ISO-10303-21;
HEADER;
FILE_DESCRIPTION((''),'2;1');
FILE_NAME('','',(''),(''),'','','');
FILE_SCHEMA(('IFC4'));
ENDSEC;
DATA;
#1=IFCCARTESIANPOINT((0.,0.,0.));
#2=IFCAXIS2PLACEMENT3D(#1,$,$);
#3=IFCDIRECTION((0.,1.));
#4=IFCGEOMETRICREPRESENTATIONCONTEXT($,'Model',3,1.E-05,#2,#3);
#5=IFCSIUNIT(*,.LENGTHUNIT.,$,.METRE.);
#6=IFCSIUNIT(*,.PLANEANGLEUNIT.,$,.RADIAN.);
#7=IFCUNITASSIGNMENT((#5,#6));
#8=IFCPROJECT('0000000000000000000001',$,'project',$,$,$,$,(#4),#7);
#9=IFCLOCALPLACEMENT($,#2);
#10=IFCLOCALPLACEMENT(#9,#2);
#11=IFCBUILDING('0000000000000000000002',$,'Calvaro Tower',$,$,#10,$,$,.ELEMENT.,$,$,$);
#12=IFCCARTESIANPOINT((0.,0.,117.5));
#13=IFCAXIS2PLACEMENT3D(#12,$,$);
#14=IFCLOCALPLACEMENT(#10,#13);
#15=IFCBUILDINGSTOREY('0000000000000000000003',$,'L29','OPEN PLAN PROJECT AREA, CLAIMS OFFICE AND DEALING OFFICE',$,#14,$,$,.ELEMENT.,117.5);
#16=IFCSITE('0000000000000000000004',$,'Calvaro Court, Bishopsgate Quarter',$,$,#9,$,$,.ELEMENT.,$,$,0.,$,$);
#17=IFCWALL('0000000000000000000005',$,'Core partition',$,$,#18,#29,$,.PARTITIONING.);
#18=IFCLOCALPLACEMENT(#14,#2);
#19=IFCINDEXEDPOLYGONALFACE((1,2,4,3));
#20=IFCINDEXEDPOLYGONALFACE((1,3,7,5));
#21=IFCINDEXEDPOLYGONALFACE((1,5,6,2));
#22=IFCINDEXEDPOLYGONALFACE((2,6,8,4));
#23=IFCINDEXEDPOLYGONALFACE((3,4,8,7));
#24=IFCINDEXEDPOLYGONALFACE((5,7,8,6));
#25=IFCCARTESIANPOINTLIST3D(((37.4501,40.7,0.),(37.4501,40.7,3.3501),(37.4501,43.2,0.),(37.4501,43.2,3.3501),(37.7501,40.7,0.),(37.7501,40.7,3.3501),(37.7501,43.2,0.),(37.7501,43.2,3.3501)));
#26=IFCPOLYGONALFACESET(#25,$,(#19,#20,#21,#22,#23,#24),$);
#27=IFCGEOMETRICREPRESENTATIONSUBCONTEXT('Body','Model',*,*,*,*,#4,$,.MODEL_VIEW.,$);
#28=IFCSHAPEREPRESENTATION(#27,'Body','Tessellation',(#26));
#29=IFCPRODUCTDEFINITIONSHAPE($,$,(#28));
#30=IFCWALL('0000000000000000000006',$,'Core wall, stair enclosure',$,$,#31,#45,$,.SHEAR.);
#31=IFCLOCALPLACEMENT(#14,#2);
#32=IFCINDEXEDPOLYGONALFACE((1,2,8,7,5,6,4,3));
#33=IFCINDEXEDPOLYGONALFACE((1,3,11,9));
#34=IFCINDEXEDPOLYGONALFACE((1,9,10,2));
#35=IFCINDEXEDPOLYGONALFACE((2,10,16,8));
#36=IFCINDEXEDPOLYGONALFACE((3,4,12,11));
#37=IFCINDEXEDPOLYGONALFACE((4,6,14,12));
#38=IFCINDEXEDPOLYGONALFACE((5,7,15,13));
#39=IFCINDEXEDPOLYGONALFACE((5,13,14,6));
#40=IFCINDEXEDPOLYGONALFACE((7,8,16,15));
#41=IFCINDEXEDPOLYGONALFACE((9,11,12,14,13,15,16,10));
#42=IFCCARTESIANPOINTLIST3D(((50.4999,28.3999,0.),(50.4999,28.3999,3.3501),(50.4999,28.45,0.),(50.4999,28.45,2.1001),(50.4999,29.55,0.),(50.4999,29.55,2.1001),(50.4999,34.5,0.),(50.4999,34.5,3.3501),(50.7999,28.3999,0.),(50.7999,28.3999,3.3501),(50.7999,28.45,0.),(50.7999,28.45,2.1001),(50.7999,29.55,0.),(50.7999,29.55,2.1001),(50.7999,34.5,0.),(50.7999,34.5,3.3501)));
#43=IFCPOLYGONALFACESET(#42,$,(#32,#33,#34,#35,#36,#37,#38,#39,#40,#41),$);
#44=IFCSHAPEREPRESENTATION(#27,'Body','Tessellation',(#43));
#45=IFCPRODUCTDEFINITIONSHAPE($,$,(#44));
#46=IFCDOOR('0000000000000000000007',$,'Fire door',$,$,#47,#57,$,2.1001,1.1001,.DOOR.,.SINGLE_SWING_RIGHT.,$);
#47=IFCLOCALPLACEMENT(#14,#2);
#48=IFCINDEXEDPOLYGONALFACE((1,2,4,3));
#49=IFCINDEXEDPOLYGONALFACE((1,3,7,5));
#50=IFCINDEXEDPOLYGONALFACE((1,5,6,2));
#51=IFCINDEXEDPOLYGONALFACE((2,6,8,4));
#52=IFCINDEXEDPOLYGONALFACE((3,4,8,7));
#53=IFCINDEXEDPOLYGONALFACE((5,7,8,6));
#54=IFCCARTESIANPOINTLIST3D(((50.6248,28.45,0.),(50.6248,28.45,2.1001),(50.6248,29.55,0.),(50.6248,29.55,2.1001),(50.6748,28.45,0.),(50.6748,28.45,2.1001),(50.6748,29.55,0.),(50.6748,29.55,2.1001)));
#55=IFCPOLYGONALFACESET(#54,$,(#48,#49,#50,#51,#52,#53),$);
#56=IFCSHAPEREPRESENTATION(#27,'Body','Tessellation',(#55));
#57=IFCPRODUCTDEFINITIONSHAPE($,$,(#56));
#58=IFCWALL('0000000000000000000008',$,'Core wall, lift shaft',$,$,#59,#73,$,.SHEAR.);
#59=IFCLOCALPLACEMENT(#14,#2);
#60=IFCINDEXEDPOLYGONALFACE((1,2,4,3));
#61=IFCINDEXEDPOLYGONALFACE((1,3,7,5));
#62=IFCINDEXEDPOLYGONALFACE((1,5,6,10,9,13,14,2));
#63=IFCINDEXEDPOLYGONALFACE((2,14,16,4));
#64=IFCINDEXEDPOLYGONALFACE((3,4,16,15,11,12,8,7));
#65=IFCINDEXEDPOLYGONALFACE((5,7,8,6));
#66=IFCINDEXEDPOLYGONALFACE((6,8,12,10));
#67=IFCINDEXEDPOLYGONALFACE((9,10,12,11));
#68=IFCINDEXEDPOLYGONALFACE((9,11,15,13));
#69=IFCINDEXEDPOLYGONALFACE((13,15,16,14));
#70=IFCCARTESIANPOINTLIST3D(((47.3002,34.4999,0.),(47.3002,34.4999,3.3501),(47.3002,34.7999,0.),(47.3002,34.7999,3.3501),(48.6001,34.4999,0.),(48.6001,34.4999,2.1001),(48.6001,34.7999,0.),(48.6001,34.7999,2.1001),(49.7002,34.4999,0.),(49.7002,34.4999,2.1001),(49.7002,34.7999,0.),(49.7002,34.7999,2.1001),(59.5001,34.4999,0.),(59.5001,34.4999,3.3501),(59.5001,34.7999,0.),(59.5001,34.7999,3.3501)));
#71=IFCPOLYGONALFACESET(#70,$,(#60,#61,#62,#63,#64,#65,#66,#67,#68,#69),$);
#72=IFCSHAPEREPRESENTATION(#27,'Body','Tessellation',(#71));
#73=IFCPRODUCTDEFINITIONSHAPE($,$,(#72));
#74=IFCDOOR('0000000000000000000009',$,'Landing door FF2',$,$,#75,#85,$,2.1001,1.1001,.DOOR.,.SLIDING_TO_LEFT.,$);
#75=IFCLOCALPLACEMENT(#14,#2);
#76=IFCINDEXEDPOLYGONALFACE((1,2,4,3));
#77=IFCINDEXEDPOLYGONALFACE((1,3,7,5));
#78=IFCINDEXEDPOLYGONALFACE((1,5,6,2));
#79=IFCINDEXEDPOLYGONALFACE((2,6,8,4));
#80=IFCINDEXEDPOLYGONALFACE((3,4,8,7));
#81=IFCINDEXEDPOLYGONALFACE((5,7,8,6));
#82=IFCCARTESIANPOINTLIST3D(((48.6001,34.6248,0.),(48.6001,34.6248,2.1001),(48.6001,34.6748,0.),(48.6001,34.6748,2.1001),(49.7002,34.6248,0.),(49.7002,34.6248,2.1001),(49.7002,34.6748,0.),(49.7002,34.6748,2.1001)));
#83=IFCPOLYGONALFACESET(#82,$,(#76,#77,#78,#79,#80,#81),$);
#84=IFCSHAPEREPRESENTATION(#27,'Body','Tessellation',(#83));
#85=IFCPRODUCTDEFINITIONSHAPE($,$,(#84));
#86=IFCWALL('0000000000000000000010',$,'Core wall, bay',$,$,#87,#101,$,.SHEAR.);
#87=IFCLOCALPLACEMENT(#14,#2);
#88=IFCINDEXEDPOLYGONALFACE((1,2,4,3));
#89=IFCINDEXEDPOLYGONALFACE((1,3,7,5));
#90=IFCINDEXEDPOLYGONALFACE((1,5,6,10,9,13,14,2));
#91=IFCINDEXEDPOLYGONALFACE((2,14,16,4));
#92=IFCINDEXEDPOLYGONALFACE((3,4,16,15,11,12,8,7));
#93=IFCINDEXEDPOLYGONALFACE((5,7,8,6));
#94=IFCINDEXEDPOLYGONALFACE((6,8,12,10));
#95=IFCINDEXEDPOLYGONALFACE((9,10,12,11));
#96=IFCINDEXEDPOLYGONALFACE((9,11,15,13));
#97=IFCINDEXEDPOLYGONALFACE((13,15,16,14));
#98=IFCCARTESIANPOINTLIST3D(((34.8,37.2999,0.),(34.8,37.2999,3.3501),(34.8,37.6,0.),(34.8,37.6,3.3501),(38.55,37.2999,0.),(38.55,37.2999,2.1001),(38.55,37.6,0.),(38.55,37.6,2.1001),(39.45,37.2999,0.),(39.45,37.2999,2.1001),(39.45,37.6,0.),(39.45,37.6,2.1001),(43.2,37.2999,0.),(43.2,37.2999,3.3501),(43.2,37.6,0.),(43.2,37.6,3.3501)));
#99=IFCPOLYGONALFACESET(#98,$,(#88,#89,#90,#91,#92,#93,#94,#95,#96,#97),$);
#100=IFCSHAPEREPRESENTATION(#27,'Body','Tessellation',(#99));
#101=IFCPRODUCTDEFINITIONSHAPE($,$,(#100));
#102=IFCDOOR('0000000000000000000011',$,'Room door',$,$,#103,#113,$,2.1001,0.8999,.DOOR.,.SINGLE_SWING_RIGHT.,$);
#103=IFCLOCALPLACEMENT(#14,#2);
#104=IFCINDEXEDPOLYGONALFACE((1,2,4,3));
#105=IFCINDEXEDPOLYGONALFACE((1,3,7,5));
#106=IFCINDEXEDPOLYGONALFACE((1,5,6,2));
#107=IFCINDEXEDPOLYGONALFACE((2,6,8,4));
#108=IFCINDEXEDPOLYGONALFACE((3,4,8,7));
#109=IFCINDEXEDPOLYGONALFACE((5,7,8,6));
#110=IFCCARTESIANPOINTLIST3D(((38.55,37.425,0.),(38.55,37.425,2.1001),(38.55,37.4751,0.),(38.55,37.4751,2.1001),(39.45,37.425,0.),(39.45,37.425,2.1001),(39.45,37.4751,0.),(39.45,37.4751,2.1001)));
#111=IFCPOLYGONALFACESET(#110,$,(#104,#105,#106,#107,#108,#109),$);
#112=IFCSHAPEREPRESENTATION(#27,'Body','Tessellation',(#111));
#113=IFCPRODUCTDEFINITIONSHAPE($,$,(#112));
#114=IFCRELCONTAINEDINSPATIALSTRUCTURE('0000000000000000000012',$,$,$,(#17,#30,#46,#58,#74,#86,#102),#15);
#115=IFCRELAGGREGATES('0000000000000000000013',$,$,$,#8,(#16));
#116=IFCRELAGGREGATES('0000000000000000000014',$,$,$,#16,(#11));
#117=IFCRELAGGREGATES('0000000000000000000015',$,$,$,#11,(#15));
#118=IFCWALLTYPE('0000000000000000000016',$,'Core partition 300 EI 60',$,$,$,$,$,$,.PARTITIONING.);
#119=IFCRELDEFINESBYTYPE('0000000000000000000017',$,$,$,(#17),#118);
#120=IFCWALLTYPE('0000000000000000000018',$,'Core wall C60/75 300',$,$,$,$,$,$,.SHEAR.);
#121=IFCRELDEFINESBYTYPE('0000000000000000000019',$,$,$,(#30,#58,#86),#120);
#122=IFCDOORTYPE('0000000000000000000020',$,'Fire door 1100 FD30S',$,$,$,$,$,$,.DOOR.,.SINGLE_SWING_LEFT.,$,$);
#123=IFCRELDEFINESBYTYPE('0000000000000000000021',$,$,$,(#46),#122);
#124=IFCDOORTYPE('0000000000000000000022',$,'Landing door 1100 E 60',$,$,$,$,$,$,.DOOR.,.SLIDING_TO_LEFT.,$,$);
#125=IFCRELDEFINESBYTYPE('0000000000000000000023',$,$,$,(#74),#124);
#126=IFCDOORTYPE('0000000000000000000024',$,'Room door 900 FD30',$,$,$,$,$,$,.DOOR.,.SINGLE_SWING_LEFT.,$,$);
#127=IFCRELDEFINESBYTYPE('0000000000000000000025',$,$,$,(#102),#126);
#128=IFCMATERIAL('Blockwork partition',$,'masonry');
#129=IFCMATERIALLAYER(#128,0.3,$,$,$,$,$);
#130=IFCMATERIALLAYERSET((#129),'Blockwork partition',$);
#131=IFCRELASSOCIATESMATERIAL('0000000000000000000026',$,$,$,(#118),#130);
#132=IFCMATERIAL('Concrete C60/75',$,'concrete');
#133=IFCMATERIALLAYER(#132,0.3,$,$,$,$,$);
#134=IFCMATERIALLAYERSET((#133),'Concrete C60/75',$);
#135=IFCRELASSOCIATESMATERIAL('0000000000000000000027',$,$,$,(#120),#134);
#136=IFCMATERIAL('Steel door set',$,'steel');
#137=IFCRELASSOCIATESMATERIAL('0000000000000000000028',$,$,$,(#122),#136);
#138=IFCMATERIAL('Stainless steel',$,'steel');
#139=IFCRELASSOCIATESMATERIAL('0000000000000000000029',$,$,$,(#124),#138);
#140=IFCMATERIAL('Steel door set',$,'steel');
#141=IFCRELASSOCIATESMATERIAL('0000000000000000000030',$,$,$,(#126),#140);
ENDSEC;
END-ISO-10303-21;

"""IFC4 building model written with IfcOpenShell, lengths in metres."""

from ifc_helpers import new_model, si_unit, direction, frame, frame_2d, origin, place, context, subcontext, project, spatial, rectangle, extrude, material, layer, layer_set, type_object, element, fill, save


model = new_model("IFC4")

# Units and contexts
model_context = context("Model", 3, precision=1e-05, world=origin(), true_north=direction((0.0, 1.0)))
body_context = subcontext(model_context, "Body", "Model", "MODEL_VIEW")
ifc_project = project(units=[si_unit("LENGTHUNIT", "METRE"), si_unit("PLANEANGLEUNIT", "RADIAN")], contexts=[model_context])

# Site, building, storey
site_placement = place(None, origin())
site = spatial("IfcSite", under=ifc_project, at=site_placement, Name="Calvaro Court, Bishopsgate Quarter", CompositionType="ELEMENT", RefElevation=0.0)
building_placement = place(site_placement, origin())
building = spatial("IfcBuilding", under=site, at=building_placement, Name="Calvaro Tower", CompositionType="ELEMENT")
storey_placement = place(building_placement, frame((0.0, 0.0, 117.5)))
storey = spatial("IfcBuildingStorey", under=building, at=storey_placement, Name="L29", Description="OPEN PLAN PROJECT AREA, CLAIMS OFFICE AND DEALING OFFICE", CompositionType="ELEMENT", Elevation=117.5)

# Wall
ifc_material_1 = material(Name="Blockwork partition", Category="masonry")
ifc_layer_1 = layer(ifc_material_1, 0.3)
ifc_layer_set_1 = layer_set([ifc_layer_1], Name="Blockwork partition")
wall_type_1 = type_object("IfcWallType", Name="Core partition 300 EI 60", PredefinedType="PARTITIONING", material=ifc_layer_set_1)
wall_1_placement = place(storey_placement, frame((37.6001, 40.7, 0.0), z_axis=(0.0, 0.0, 1.0), x_axis=(0.0, 1.0, 0.0)))
element("IfcWall", 1, at=wall_1_placement, inside=storey, type_object=wall_type_1, Name="Core partition", PredefinedType="PARTITIONING", context=body_context, shape_type="SweptSolid", body=[
    extrude(rectangle(XDim=2.5, YDim=0.3, at=frame_2d((1.25, 0.0))), origin(), (0.0, 0.0, 1.0), 3.3501),
])

# Walls, openings, doors
ifc_material_2 = material(Name="Concrete C60/75", Category="concrete")
ifc_layer_2 = layer(ifc_material_2, 0.3)
ifc_layer_set_2 = layer_set([ifc_layer_2], Name="Concrete C60/75")
wall_type_2 = type_object("IfcWallType", Name="Core wall C60/75 300", PredefinedType="SHEAR", material=ifc_layer_set_2)
wall_2_placement = place(storey_placement, frame((50.6499, 34.5, 0.0), z_axis=(0.0, 0.0, 1.0), x_axis=(0.0, -1.0, 0.0)))
wall_2 = element("IfcWall", 2, at=wall_2_placement, inside=storey, type_object=wall_type_2, Name="Core wall, stair enclosure", PredefinedType="SHEAR", context=body_context, shape_type="SweptSolid", body=[
    extrude(rectangle(XDim=6.1001, YDim=0.3, at=frame_2d((3.05, 0.0))), origin(), (0.0, 0.0, 1.0), 3.3501),
])
opening_1_placement = place(wall_2_placement, frame((4.95, 0.0, 0.0)))
opening_1 = element("IfcOpeningElement", 3, at=opening_1_placement, cuts=wall_2, PredefinedType="OPENING", context=body_context, shape_type="SweptSolid", body=[
    extrude(rectangle(XDim=1.1001, YDim=2.1001, at=frame_2d((0.55, 1.05))), frame((0.0, 0.1599, 0.0), z_axis=(0.0, -1.0, 0.0), x_axis=(1.0, 0.0, 0.0)), (0.0, 0.0, 1.0), 0.3201),
])
ifc_material_3 = material(Name="Steel door set", Category="steel")
door_type_1 = type_object("IfcDoorType", Name="Fire door 1100 FD30S", OperationType="SINGLE_SWING_LEFT", PredefinedType="DOOR", material=ifc_material_3)
door_1_placement = place(opening_1_placement, origin())
door_1 = element("IfcDoor", 4, at=door_1_placement, inside=storey, type_object=door_type_1, Name="Fire door", OperationType="SINGLE_SWING_RIGHT", OverallHeight=2.1001, OverallWidth=1.1001, PredefinedType="DOOR", context=body_context, shape_type="SweptSolid", body=[
    extrude(rectangle(XDim=1.1001, YDim=2.1001, at=frame_2d((0.55, 1.05))), frame((0.0, 0.0249, 0.0), z_axis=(0.0, -1.0, 0.0), x_axis=(1.0, 0.0, 0.0)), (0.0, 0.0, 1.0), 0.05),
])
fill(opening_1, door_1)
wall_3_placement = place(storey_placement, frame((47.3, 34.6499, 0.0), z_axis=(0.0, 0.0, 1.0), x_axis=(1.0, 0.0, 0.0)))
wall_3 = element("IfcWall", 5, at=wall_3_placement, inside=storey, type_object=wall_type_2, Name="Core wall, lift shaft", PredefinedType="SHEAR", context=body_context, shape_type="SweptSolid", body=[
    extrude(rectangle(XDim=12.2, YDim=0.3, at=frame_2d((6.1001, 0.0))), origin(), (0.0, 0.0, 1.0), 3.3501),
])
opening_2_placement = place(wall_3_placement, frame((1.3, 0.0, 0.0)))
opening_2 = element("IfcOpeningElement", 6, at=opening_2_placement, cuts=wall_3, PredefinedType="OPENING", context=body_context, shape_type="SweptSolid", body=[
    extrude(rectangle(XDim=1.1001, YDim=2.1001, at=frame_2d((0.55, 1.05))), frame((0.0, 0.1599, 0.0), z_axis=(0.0, -1.0, 0.0), x_axis=(1.0, 0.0, 0.0)), (0.0, 0.0, 1.0), 0.3201),
])
ifc_material_4 = material(Name="Stainless steel", Category="steel")
door_type_2 = type_object("IfcDoorType", Name="Landing door 1100 E 60", OperationType="SLIDING_TO_LEFT", PredefinedType="DOOR", material=ifc_material_4)
door_2_placement = place(opening_2_placement, origin())
door_2 = element("IfcDoor", 7, at=door_2_placement, inside=storey, type_object=door_type_2, Name="Landing door FF2", OperationType="SLIDING_TO_LEFT", OverallHeight=2.1001, OverallWidth=1.1001, PredefinedType="DOOR", context=body_context, shape_type="SweptSolid", body=[
    extrude(rectangle(XDim=1.1001, YDim=2.1001, at=frame_2d((0.55, 1.05))), frame((0.0, 0.0249, 0.0), z_axis=(0.0, -1.0, 0.0), x_axis=(1.0, 0.0, 0.0)), (0.0, 0.0, 1.0), 0.05),
])
fill(opening_2, door_2)
wall_4_placement = place(storey_placement, frame((43.2, 37.45, 0.0), z_axis=(0.0, 0.0, 1.0), x_axis=(-1.0, 0.0, 0.0)))
wall_4 = element("IfcWall", 8, at=wall_4_placement, inside=storey, type_object=wall_type_2, Name="Core wall, bay", PredefinedType="SHEAR", context=body_context, shape_type="SweptSolid", body=[
    extrude(rectangle(XDim=8.3999, YDim=0.3, at=frame_2d((4.2, 0.0))), origin(), (0.0, 0.0, 1.0), 3.3501),
])
opening_3_placement = place(wall_4_placement, frame((3.75, 0.0, 0.0)))
opening_3 = element("IfcOpeningElement", 9, at=opening_3_placement, cuts=wall_4, PredefinedType="OPENING", context=body_context, shape_type="SweptSolid", body=[
    extrude(rectangle(XDim=0.8999, YDim=2.1001, at=frame_2d((0.45, 1.05))), frame((0.0, 0.1599, 0.0), z_axis=(0.0, -1.0, 0.0), x_axis=(1.0, 0.0, 0.0)), (0.0, 0.0, 1.0), 0.3201),
])
ifc_material_5 = material(Name="Steel door set", Category="steel")
door_type_3 = type_object("IfcDoorType", Name="Room door 900 FD30", OperationType="SINGLE_SWING_LEFT", PredefinedType="DOOR", material=ifc_material_5)
door_3_placement = place(opening_3_placement, origin())
door_3 = element("IfcDoor", 10, at=door_3_placement, inside=storey, type_object=door_type_3, Name="Room door", OperationType="SINGLE_SWING_RIGHT", OverallHeight=2.1001, OverallWidth=0.8999, PredefinedType="DOOR", context=body_context, shape_type="SweptSolid", body=[
    extrude(rectangle(XDim=0.8999, YDim=2.1001, at=frame_2d((0.45, 1.05))), frame((0.0, 0.0249, 0.0), z_axis=(0.0, -1.0, 0.0), x_axis=(1.0, 0.0, 0.0)), (0.0, 0.0, 1.0), 0.05),
])
fill(opening_3, door_3)

save(model, "model.ifc")
